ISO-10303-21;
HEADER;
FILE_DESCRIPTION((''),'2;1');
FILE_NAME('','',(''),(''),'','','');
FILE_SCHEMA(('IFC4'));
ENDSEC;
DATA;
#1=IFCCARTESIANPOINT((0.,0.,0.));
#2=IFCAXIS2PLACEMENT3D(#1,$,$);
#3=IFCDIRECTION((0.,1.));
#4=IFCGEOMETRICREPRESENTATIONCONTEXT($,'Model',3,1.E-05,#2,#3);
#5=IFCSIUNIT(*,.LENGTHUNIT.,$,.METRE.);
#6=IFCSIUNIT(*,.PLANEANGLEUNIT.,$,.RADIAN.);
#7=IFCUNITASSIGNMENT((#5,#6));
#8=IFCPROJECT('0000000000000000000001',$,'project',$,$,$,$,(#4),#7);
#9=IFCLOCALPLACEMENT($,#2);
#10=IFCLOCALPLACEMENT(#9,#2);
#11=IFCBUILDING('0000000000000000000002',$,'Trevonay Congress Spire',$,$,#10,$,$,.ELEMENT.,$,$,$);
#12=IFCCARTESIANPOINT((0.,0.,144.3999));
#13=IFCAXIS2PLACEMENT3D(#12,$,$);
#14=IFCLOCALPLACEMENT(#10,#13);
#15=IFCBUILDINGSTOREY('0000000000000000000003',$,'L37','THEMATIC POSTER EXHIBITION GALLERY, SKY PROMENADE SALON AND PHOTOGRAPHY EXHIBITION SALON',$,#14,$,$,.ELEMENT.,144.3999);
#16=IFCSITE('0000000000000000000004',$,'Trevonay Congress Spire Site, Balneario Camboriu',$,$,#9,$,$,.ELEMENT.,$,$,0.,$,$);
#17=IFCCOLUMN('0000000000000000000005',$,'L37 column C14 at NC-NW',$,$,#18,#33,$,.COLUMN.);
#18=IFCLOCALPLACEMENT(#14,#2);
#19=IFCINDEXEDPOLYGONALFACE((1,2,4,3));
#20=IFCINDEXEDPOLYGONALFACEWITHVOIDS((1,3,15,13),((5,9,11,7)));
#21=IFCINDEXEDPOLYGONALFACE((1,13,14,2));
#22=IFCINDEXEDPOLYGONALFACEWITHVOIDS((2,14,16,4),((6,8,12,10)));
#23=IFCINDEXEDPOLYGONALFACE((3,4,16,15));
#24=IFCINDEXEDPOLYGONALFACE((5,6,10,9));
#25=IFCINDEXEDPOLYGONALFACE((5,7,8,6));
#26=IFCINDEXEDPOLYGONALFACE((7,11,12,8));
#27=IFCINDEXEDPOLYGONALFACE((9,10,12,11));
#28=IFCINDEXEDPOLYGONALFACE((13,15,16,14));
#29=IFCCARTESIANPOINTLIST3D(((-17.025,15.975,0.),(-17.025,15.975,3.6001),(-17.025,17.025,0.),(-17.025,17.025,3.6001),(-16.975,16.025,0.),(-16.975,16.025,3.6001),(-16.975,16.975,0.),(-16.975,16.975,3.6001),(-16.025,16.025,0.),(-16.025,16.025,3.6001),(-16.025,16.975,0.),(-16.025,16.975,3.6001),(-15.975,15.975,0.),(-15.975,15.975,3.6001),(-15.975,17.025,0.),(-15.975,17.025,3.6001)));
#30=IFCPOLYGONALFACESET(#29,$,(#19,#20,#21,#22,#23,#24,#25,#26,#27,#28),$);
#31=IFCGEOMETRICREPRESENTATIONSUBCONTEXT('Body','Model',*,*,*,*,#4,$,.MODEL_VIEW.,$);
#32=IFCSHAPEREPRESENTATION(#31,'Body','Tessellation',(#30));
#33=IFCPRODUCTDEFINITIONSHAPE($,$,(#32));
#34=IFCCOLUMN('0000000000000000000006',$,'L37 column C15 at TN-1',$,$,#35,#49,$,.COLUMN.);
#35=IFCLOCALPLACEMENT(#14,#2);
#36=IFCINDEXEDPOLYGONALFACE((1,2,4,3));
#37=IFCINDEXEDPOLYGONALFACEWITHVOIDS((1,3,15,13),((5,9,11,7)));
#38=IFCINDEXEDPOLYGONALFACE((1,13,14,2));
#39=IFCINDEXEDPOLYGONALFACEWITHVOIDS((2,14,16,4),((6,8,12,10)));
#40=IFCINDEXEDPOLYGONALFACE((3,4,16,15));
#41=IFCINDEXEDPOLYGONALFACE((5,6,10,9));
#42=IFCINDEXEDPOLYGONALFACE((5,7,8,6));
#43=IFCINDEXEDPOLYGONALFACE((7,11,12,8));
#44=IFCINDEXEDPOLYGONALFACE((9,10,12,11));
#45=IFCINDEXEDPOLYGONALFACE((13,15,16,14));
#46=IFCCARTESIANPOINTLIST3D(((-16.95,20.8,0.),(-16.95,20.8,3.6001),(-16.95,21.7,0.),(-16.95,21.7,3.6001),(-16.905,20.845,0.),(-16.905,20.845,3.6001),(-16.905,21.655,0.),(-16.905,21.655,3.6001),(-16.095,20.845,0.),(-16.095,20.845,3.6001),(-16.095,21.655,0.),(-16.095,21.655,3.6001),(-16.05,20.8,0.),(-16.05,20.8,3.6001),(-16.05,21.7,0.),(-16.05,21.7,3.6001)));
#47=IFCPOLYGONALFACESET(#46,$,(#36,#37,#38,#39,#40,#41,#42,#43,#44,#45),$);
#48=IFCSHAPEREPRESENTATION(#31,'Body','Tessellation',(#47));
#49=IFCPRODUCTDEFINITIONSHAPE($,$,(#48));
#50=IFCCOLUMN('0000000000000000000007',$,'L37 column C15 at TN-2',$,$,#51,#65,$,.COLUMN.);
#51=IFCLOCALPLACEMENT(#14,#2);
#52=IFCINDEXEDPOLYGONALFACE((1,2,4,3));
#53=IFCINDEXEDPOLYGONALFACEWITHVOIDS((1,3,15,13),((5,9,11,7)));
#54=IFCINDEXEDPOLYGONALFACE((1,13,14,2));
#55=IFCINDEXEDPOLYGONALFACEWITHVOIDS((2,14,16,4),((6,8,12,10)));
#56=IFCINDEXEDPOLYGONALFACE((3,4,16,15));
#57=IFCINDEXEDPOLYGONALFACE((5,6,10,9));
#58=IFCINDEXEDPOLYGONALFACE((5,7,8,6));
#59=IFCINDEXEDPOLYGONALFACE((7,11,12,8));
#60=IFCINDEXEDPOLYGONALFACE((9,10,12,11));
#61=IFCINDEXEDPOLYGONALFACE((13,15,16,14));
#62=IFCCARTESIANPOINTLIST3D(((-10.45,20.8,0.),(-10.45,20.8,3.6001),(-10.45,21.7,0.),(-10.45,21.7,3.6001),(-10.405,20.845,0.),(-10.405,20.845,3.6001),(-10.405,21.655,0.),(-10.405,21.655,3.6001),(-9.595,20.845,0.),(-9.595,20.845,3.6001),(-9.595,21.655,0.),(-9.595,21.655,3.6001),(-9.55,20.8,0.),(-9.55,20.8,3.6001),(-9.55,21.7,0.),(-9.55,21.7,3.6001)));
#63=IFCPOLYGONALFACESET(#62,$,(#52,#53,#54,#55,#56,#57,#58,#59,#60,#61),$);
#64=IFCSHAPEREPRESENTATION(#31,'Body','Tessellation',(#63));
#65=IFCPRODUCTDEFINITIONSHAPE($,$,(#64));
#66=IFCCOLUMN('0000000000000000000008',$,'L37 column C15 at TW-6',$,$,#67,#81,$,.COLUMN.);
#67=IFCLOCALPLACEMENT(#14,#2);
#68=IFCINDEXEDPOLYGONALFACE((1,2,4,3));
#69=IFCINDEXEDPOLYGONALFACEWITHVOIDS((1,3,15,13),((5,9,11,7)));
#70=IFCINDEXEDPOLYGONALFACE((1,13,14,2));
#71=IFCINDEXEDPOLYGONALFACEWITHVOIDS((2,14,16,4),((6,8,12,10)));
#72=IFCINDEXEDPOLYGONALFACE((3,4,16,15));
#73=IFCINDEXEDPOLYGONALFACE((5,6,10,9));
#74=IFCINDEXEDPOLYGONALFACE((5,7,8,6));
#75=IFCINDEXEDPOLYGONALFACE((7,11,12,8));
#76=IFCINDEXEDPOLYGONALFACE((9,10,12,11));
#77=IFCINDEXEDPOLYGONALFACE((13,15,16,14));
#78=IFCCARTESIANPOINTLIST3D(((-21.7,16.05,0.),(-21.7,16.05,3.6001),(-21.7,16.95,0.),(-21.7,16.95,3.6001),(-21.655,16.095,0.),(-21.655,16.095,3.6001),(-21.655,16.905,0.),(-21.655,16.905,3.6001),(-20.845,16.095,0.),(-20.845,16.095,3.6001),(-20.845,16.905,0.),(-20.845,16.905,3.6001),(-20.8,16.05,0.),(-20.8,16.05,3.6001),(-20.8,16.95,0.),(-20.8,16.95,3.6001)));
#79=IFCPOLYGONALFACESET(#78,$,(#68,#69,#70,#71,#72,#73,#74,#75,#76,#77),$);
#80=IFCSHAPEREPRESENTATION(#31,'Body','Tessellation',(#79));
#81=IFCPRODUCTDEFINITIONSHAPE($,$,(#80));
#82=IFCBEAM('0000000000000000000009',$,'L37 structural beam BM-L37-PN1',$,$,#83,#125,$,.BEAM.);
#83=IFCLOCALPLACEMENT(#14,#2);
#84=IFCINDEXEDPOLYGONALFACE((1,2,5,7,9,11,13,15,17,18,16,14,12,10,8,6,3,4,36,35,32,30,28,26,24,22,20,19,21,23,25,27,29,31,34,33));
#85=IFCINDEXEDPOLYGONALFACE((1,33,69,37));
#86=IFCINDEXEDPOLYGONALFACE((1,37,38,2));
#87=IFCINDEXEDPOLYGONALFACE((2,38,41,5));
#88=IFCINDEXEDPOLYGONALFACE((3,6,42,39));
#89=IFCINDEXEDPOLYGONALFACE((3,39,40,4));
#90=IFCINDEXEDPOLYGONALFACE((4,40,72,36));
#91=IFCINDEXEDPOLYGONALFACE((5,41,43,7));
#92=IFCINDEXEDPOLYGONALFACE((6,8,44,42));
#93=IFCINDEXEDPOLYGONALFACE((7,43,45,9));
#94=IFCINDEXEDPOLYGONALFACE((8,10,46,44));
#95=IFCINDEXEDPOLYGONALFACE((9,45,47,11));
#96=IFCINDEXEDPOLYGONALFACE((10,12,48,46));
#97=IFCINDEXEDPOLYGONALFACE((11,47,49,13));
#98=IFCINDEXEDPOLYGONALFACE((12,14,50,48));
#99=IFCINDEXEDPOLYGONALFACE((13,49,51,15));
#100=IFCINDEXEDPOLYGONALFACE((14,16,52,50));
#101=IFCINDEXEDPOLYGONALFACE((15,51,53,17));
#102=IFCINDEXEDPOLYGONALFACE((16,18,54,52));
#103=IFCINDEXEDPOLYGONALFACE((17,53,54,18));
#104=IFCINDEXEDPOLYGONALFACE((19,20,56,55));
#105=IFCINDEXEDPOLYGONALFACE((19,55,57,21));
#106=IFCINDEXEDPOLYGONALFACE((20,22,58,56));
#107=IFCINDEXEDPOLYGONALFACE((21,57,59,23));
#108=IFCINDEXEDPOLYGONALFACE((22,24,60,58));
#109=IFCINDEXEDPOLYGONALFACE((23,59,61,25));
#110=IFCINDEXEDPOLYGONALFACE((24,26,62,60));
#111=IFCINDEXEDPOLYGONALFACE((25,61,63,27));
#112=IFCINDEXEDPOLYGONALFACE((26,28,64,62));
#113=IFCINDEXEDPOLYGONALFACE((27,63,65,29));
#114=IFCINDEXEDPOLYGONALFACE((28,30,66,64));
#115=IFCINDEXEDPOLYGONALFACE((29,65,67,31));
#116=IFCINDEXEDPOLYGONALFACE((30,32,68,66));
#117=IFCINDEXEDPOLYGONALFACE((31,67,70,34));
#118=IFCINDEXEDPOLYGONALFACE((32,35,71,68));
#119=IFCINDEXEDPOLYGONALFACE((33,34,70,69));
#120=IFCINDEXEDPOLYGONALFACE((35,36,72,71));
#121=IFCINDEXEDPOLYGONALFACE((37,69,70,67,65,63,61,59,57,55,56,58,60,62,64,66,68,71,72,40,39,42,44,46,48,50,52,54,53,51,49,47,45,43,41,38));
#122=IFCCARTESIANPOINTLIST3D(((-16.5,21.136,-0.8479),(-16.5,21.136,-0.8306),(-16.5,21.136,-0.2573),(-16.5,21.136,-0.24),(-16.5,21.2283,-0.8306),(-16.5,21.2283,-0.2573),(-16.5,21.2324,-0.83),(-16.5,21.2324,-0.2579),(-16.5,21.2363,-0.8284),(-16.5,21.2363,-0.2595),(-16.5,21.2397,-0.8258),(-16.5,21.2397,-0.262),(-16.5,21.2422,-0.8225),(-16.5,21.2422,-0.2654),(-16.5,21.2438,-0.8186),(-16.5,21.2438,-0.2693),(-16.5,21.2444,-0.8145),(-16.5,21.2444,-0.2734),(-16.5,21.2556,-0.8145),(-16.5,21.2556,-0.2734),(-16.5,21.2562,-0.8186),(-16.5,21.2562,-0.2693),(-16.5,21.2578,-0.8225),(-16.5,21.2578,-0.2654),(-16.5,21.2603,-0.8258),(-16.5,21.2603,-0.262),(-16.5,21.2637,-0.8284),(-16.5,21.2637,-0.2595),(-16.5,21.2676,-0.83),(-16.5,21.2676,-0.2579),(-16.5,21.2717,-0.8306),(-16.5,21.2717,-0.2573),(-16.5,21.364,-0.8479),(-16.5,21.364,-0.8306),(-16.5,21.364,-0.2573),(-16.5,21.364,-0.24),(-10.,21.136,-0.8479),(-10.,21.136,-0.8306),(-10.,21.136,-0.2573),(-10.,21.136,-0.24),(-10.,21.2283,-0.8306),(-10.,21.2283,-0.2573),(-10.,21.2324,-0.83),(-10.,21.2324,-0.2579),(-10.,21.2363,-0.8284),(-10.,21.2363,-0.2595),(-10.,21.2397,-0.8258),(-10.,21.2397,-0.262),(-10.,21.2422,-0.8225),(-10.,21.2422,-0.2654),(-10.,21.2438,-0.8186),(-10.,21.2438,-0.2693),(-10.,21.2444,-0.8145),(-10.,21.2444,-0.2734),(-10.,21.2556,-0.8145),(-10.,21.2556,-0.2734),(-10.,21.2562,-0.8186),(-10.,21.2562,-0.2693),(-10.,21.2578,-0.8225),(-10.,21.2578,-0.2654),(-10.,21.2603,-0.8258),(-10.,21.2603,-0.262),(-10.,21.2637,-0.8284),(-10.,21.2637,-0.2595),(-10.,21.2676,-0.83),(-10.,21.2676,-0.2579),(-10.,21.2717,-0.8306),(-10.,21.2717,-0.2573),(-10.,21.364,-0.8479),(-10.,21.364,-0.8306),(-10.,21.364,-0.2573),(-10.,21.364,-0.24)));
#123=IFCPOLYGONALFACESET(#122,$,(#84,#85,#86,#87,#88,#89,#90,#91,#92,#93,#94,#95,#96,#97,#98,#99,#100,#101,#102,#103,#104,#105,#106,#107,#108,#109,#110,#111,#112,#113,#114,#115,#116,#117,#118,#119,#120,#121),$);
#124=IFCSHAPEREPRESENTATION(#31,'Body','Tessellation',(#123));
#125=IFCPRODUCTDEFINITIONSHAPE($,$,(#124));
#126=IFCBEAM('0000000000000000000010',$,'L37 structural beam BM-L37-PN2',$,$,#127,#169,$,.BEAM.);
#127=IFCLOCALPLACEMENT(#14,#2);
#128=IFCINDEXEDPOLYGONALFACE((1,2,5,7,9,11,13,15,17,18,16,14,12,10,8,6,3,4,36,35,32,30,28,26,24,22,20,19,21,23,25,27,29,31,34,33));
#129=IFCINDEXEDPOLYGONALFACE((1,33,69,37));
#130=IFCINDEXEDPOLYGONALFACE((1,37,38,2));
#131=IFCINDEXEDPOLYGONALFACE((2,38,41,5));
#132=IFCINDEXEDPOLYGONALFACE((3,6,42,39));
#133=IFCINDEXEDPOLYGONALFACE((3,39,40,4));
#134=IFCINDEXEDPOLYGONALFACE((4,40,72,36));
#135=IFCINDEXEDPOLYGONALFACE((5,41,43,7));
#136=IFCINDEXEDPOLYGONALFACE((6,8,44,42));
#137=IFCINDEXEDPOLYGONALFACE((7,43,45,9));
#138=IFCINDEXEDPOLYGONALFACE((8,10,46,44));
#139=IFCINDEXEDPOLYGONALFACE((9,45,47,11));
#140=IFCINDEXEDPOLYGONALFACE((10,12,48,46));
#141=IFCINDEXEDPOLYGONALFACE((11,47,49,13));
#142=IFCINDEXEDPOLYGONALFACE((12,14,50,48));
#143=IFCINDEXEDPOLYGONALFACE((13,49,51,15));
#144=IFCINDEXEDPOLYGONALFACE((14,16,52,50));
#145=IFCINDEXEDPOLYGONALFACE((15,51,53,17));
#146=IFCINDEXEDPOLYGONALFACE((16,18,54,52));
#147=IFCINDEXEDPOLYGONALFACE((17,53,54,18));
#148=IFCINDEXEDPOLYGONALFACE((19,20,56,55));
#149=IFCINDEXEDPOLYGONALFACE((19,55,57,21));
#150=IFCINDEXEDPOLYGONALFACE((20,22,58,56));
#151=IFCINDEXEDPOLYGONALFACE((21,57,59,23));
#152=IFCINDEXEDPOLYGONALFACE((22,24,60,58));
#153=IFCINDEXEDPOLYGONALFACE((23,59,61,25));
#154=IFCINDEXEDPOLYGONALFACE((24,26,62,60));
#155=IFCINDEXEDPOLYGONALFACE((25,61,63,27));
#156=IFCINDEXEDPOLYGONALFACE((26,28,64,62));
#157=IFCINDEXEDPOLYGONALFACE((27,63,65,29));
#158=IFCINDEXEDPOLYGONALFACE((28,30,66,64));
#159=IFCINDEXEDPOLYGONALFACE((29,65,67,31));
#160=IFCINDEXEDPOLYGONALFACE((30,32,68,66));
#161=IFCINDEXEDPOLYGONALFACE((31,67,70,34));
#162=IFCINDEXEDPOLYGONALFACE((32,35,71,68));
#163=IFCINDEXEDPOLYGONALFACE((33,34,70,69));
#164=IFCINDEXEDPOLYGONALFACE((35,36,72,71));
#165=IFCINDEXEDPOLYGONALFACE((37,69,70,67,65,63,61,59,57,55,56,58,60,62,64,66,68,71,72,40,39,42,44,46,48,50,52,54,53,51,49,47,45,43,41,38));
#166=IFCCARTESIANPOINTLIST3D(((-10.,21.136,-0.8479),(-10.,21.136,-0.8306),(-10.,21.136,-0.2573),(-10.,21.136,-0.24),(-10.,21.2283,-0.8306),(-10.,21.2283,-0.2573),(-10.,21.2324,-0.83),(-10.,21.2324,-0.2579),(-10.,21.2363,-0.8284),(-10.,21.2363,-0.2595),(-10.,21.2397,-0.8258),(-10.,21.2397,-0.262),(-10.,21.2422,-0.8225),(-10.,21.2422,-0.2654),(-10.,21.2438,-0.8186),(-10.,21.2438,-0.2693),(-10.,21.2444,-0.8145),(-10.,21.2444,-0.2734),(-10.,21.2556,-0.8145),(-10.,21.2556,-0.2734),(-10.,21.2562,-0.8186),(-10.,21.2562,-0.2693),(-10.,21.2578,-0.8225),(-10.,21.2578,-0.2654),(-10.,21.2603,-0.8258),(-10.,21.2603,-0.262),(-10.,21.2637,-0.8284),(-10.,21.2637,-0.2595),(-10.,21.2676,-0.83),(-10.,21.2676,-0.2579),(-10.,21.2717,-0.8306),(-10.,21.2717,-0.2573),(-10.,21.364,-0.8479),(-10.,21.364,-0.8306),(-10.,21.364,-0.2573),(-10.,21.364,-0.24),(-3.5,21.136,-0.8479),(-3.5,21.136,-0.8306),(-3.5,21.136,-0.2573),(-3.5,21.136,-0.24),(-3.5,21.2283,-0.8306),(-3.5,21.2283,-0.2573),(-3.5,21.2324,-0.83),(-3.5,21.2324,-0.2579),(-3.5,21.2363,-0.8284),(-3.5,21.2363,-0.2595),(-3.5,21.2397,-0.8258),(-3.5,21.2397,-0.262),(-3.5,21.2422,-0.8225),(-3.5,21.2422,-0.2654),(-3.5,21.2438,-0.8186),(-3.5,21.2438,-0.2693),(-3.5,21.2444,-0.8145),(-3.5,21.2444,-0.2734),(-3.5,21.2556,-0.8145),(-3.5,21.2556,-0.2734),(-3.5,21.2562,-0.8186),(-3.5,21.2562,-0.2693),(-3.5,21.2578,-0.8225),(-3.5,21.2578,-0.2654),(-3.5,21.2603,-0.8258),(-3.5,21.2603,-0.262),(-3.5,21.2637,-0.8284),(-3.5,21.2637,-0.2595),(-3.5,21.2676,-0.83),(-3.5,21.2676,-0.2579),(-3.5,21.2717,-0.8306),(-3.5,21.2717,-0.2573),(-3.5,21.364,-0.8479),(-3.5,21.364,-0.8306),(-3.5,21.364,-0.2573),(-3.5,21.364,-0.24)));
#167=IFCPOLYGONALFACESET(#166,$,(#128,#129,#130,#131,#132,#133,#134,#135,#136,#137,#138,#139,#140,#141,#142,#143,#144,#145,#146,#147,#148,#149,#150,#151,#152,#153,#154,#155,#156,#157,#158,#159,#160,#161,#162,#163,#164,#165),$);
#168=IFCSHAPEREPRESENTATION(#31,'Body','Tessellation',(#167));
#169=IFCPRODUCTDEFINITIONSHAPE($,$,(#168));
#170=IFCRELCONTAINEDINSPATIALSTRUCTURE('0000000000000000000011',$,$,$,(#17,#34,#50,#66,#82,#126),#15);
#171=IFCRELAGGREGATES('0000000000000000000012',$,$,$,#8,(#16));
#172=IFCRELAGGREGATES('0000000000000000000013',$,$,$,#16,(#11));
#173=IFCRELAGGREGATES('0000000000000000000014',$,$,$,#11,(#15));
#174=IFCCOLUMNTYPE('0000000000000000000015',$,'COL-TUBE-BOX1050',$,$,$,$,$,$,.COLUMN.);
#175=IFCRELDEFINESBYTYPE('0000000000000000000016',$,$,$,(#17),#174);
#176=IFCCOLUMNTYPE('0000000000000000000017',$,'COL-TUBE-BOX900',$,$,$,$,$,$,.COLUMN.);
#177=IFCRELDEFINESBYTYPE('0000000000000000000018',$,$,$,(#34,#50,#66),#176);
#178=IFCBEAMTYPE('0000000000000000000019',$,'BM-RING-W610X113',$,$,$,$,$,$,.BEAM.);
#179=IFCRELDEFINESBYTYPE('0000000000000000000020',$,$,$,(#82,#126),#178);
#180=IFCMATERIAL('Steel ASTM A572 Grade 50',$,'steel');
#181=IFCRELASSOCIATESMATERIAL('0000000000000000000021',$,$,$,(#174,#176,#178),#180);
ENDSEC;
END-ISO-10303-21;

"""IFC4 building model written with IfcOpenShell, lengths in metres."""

from ifc_helpers import new_model, si_unit, direction, frame, origin, origin_2d, place, context, subcontext, project, spatial, hollow_rectangle, i_section, extrude, material, material_profile, profile_set, type_object, element, save


model = new_model("IFC4")

# Units and contexts
model_context = context("Model", 3, precision=1e-05, world=origin(), true_north=direction((0.0, 1.0)))
body_context = subcontext(model_context, "Body", "Model", "MODEL_VIEW")
ifc_project = project(units=[si_unit("LENGTHUNIT", "METRE"), si_unit("PLANEANGLEUNIT", "RADIAN")], contexts=[model_context])

# Site, building, storey
site_placement = place(None, origin())
site = spatial("IfcSite", under=ifc_project, at=site_placement, Name="Trevonay Congress Spire Site, Balneario Camboriu", CompositionType="ELEMENT", RefElevation=0.0)
building_placement = place(site_placement, origin())
building = spatial("IfcBuilding", under=site, at=building_placement, Name="Trevonay Congress Spire", CompositionType="ELEMENT")
storey_placement = place(building_placement, frame((0.0, 0.0, 144.3999)))
storey = spatial("IfcBuildingStorey", under=building, at=storey_placement, Name="L37", Description="THEMATIC POSTER EXHIBITION GALLERY, SKY PROMENADE SALON AND PHOTOGRAPHY EXHIBITION SALON", CompositionType="ELEMENT", Elevation=144.3999)

# Columns
ifc_material_1 = material(Name="Steel ASTM A572 Grade 50", Category="steel")
ifc_material_profile_1 = material_profile(ifc_material_1, hollow_rectangle(XDim=1.05, YDim=1.05, WallThickness=0.05, at=origin_2d()), Name="BOX 1050x1050x50")
ifc_profile_set_1 = profile_set([ifc_material_profile_1], Name="Steel ASTM A572 Grade 50")
column_type_1 = type_object("IfcColumnType", Name="COL-TUBE-BOX1050", PredefinedType="COLUMN", material=ifc_profile_set_1)
column_placement = place(storey_placement, frame((-16.5, 16.5, 0.0), z_axis=(0.0, 0.0, 1.0), x_axis=(1.0, 0.0, 0.0)))
element("IfcColumn", 1, at=column_placement, inside=storey, type_object=column_type_1, Name="L37 column C14 at NC-NW", PredefinedType="COLUMN", context=body_context, shape_type="SweptSolid", body=[
    extrude(hollow_rectangle(XDim=1.05, YDim=1.05, WallThickness=0.05, at=origin_2d()), origin(), (0.0, 0.0, 1.0), 3.6001),
])
ifc_material_profile_2 = material_profile(ifc_material_1, hollow_rectangle(XDim=0.8999, YDim=0.8999, WallThickness=0.0449, at=origin_2d()), Name="BOX 900x900x45")
ifc_profile_set_2 = profile_set([ifc_material_profile_2], Name="Steel ASTM A572 Grade 50")
column_type_2 = type_object("IfcColumnType", Name="COL-TUBE-BOX900", PredefinedType="COLUMN", material=ifc_profile_set_2)
for number, where, z_axis, x_axis, name in (
    (2, (-16.5, 21.25, 0.0), (0.0, 0.0, 1.0), (1.0, 0.0, 0.0), "L37 column C15 at TN-1"),
    (3, (-10.0, 21.25, 0.0), (0.0, 0.0, 1.0), (1.0, 0.0, 0.0), "L37 column C15 at TN-2"),
    (4, (-21.25, 16.5, 0.0), (0.0, 0.0, 1.0), (1.0, 0.0, 0.0), "L37 column C15 at TW-6"),
):
    element("IfcColumn", number, at=place(storey_placement, frame(where, z_axis=z_axis, x_axis=x_axis)), inside=storey, type_object=column_type_2, Name=name, PredefinedType="COLUMN", context=body_context, shape_type="SweptSolid", body=[
        extrude(hollow_rectangle(XDim=0.8999, YDim=0.8999, WallThickness=0.0449, at=origin_2d()), origin(), (0.0, 0.0, 1.0), 3.6001),
    ])

# Beams
ifc_material_profile_3 = material_profile(ifc_material_1, i_section(OverallWidth=0.228, OverallDepth=0.6079, WebThickness=0.0112, FlangeThickness=0.0173, FilletRadius=0.0161, at=origin_2d()), Name="W610x113")
ifc_profile_set_3 = profile_set([ifc_material_profile_3], Name="Steel ASTM A572 Grade 50")
beam_type_1 = type_object("IfcBeamType", Name="BM-RING-W610X113", PredefinedType="BEAM", material=ifc_profile_set_3)
for number, where, z_axis, x_axis, name in (
    (5, (-16.5, 21.25, -0.5439), (1.0, 0.0, 0.0), (0.0, 1.0, 0.0), "L37 structural beam BM-L37-PN1"),
    (6, (-10.0, 21.25, -0.5439), (1.0, 0.0, 0.0), (0.0, 1.0, 0.0), "L37 structural beam BM-L37-PN2"),
):
    element("IfcBeam", number, at=place(storey_placement, frame(where, z_axis=z_axis, x_axis=x_axis)), inside=storey, type_object=beam_type_1, Name=name, PredefinedType="BEAM", context=body_context, shape_type="SweptSolid", body=[
        extrude(i_section(OverallWidth=0.228, OverallDepth=0.6079, WebThickness=0.0112, FlangeThickness=0.0173, FilletRadius=0.0161, at=origin_2d()), origin(), (0.0, 0.0, 1.0), 6.5),
    ])

save(model, "model.ifc")
